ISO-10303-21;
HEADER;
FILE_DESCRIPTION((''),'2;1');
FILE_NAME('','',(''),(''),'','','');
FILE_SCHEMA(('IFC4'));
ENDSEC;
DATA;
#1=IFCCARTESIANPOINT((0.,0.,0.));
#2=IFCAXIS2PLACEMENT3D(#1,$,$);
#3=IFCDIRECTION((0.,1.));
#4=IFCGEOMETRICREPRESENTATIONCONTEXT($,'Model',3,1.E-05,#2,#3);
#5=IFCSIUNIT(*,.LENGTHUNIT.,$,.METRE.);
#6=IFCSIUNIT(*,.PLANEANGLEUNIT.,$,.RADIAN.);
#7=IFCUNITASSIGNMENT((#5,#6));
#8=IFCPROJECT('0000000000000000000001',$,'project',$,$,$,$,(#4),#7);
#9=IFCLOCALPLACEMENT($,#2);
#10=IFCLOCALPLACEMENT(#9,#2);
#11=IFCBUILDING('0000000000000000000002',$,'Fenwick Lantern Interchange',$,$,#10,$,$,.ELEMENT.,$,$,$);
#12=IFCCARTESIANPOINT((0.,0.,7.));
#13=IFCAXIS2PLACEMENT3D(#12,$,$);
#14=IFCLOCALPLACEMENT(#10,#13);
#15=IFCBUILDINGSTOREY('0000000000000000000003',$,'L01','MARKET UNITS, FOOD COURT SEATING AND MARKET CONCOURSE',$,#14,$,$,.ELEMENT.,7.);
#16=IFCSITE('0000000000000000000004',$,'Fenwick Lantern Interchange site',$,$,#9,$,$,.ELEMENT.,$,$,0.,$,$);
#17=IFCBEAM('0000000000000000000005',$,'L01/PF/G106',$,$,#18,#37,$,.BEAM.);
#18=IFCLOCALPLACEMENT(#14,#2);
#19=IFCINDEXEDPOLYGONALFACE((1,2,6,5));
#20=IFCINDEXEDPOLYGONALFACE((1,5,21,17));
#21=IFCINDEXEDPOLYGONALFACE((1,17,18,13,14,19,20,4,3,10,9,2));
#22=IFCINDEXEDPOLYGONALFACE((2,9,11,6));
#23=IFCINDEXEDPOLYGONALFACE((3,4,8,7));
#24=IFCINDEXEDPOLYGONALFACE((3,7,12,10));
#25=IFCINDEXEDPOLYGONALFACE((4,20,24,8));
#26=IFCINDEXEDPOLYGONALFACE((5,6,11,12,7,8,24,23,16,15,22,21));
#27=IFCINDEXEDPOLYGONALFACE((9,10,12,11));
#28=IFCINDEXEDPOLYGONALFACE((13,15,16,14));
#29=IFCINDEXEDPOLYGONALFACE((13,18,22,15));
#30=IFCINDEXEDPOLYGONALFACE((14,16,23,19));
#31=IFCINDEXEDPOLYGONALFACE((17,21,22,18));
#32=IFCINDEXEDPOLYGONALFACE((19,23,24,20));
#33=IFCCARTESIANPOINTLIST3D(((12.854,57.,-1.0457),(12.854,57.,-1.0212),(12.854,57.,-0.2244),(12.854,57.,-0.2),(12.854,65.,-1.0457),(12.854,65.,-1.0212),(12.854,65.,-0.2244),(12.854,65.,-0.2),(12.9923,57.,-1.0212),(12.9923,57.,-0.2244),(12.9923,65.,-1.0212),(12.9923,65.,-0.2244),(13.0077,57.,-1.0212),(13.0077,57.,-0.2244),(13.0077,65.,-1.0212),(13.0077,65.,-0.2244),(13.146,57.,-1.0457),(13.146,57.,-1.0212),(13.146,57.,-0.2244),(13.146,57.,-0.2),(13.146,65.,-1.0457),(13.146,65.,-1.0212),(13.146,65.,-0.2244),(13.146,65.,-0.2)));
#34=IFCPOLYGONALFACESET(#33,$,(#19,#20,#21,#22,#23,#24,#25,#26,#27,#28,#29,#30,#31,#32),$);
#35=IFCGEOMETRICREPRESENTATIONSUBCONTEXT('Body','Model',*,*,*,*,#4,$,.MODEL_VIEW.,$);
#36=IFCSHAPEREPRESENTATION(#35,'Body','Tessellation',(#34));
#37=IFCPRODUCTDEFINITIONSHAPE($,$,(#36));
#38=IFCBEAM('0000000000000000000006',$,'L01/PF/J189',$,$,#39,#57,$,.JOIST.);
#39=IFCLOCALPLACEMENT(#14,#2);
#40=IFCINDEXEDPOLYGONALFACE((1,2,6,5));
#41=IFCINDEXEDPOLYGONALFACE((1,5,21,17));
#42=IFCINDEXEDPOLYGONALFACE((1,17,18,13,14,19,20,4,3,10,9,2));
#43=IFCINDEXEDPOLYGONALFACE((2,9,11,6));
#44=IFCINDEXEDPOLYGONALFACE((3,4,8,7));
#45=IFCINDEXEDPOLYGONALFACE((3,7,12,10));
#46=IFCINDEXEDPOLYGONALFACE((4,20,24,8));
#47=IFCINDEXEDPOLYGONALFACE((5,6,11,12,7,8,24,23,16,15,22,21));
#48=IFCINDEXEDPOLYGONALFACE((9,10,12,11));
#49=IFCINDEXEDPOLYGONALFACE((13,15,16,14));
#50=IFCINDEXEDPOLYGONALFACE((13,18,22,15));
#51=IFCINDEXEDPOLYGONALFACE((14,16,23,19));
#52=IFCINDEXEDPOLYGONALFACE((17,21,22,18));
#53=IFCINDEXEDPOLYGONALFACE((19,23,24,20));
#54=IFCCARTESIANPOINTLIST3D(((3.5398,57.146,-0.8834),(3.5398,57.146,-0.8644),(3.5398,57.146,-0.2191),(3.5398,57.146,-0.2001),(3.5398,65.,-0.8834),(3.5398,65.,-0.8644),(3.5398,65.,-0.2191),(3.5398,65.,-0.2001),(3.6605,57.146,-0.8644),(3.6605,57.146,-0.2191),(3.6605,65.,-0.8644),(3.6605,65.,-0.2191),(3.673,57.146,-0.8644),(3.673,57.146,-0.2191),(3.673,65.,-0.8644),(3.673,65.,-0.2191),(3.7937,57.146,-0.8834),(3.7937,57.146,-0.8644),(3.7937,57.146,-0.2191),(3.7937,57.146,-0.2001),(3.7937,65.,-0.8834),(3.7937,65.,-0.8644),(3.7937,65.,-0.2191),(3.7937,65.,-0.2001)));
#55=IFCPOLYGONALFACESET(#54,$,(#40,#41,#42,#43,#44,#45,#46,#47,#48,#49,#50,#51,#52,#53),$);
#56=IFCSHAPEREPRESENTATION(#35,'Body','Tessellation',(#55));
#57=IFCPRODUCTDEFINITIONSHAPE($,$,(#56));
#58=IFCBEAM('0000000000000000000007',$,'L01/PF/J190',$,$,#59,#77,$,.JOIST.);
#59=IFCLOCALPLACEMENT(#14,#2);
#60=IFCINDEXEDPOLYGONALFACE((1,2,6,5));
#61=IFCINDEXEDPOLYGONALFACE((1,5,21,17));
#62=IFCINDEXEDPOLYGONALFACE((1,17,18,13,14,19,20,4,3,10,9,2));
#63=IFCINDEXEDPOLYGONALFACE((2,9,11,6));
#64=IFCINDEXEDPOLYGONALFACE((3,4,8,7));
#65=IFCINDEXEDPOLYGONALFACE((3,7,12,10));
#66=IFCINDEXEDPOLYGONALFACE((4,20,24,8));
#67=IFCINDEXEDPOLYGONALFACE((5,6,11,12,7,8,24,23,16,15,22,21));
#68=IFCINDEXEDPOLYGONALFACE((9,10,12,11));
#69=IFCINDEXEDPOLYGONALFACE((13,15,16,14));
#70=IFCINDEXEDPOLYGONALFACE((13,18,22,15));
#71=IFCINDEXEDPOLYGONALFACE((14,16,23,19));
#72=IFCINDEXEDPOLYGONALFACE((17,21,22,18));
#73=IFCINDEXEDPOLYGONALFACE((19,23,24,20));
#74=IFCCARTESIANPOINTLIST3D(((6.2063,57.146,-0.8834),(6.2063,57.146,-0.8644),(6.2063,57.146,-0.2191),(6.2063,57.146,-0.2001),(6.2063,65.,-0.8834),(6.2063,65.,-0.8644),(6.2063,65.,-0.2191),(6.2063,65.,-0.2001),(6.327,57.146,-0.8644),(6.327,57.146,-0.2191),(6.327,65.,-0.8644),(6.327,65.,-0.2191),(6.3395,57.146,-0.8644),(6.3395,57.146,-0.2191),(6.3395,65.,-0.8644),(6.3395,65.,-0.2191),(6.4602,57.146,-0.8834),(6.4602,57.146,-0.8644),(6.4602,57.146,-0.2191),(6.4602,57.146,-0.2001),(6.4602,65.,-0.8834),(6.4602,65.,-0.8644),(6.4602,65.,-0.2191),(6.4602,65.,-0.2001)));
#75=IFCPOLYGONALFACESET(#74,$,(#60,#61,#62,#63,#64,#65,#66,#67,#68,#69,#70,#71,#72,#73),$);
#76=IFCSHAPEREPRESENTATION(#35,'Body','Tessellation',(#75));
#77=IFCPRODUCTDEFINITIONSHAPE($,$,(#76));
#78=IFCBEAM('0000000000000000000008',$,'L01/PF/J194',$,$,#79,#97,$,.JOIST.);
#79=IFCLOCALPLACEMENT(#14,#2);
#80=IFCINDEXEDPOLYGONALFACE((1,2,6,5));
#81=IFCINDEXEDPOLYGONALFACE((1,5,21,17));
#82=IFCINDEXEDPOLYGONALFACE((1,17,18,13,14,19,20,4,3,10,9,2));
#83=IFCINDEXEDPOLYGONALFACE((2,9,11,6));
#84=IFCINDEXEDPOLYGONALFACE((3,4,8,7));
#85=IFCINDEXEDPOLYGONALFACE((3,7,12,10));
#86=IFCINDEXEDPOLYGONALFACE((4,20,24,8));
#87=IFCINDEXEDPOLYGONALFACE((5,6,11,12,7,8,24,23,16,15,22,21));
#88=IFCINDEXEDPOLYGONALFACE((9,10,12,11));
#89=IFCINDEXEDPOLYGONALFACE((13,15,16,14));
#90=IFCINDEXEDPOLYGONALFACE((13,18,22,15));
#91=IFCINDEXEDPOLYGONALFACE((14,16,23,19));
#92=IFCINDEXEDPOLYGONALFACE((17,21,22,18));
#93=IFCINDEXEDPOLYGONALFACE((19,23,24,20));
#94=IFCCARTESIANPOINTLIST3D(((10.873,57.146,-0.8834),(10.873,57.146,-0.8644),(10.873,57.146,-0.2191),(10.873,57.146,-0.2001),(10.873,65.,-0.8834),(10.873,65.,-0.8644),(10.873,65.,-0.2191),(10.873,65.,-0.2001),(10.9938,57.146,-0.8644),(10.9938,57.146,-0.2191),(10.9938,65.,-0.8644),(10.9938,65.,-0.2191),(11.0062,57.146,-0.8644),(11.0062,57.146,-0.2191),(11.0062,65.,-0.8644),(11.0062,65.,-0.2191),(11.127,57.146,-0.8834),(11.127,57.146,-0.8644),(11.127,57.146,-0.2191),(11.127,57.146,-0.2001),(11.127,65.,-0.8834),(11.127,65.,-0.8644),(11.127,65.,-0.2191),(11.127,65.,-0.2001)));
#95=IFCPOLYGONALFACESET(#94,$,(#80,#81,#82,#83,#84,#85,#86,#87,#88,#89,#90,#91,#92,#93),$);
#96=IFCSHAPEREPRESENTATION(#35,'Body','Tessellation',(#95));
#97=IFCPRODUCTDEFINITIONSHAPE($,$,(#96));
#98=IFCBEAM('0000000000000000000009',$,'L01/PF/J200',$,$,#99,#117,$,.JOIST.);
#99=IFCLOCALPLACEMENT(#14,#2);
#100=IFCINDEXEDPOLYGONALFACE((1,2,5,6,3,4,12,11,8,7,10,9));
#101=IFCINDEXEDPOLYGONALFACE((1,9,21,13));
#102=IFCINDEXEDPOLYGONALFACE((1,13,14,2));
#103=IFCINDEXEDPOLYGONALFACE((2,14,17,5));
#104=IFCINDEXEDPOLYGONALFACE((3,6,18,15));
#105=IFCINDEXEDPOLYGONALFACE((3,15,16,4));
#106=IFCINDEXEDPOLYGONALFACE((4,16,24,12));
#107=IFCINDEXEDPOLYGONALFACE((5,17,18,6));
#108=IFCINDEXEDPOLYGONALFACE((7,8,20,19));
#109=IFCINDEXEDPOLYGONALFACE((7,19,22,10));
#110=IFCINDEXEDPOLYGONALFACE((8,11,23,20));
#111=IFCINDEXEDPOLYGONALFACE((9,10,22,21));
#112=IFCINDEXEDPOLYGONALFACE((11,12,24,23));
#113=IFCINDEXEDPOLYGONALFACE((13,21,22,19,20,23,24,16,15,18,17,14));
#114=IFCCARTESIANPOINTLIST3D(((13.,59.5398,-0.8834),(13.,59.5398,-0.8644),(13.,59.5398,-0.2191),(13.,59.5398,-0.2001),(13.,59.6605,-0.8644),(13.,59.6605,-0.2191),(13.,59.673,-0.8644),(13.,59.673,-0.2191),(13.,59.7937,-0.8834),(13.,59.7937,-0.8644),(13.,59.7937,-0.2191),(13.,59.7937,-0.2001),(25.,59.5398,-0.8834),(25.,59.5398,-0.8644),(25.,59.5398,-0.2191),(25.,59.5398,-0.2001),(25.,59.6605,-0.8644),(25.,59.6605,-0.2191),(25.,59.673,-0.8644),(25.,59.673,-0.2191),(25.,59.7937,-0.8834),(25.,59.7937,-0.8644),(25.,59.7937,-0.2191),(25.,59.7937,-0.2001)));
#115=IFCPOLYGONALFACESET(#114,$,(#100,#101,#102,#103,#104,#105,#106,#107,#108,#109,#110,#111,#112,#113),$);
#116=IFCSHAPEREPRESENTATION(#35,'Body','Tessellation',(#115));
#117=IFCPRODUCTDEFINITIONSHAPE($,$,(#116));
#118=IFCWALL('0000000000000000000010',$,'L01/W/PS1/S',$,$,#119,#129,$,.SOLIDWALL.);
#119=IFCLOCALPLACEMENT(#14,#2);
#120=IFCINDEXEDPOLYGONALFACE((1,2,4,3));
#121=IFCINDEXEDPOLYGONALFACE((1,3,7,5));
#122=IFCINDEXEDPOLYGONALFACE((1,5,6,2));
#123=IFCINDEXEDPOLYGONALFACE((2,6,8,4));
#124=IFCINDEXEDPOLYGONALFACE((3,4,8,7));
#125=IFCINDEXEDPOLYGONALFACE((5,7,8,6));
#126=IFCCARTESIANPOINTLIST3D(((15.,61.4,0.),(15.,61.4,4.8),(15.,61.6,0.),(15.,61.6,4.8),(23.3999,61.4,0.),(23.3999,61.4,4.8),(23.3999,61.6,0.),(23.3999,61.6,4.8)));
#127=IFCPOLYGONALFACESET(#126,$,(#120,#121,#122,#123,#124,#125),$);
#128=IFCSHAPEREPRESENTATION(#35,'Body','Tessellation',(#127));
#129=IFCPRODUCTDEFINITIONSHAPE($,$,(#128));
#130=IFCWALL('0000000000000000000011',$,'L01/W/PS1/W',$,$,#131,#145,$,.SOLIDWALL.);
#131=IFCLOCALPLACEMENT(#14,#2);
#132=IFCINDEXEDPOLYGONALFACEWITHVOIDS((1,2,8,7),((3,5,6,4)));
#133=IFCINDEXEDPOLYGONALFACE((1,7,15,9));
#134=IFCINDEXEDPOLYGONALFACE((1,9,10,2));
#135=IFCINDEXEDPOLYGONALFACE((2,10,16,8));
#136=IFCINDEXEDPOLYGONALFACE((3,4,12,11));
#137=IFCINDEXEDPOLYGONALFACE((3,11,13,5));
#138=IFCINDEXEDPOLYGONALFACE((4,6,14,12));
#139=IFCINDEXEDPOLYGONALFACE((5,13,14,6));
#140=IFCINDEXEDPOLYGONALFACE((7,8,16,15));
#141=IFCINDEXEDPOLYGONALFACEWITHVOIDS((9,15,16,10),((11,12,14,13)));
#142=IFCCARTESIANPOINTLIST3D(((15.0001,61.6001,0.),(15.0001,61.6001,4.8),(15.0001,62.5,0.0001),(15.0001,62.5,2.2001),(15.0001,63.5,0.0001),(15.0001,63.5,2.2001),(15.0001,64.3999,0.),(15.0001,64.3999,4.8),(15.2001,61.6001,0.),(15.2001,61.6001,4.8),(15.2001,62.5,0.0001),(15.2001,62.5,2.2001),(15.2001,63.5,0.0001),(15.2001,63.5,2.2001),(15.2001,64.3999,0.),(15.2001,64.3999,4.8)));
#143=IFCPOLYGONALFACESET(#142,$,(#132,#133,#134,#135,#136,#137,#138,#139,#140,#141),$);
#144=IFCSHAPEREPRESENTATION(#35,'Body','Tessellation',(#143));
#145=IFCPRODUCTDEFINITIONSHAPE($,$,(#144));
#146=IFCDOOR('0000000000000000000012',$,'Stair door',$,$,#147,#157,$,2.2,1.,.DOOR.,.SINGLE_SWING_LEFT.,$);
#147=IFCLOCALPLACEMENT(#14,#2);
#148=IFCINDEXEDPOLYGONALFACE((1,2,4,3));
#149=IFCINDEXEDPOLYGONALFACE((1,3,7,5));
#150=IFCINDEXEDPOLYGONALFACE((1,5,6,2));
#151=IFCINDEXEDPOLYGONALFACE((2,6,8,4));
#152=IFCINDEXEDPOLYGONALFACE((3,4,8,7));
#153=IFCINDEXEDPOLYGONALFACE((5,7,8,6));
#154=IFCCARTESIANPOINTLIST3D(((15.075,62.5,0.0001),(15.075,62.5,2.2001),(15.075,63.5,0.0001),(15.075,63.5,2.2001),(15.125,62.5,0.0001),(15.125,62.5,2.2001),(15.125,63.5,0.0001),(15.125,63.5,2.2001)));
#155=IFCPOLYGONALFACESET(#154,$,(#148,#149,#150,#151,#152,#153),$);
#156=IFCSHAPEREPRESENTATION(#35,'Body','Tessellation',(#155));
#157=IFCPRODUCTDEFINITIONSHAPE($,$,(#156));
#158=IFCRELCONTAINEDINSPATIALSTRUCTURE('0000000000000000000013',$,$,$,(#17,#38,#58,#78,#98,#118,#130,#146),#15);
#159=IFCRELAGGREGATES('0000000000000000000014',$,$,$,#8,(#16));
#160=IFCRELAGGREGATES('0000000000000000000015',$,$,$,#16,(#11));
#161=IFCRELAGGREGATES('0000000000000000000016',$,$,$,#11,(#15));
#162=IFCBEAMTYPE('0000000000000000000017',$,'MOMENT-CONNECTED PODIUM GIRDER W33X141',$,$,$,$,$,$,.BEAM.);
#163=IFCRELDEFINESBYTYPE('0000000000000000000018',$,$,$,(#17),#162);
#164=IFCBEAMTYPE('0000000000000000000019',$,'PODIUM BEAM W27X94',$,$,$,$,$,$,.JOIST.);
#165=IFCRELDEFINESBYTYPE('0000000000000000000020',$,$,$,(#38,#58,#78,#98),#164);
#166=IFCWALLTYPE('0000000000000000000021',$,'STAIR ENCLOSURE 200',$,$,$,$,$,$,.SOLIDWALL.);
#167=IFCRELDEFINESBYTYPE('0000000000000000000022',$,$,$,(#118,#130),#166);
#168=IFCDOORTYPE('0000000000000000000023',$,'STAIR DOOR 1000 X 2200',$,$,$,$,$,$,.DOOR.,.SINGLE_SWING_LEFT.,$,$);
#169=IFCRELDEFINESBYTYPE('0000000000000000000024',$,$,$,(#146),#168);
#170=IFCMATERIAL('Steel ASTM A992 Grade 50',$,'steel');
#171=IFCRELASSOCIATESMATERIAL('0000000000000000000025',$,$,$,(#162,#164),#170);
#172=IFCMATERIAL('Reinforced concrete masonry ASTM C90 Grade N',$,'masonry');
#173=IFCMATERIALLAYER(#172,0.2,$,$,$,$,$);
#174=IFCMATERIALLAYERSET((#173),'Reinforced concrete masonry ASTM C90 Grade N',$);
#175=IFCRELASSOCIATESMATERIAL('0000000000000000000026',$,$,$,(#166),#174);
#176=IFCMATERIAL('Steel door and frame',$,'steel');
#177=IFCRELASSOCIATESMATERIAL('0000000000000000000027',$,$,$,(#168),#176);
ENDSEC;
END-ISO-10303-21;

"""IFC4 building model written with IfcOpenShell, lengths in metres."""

from ifc_helpers import new_model, si_unit, direction, frame, frame_2d, origin, origin_2d, place, context, subcontext, project, spatial, rectangle, i_section, extrude, material, layer, layer_set, material_profile, profile_set, type_object, element, fill, save


model = new_model("IFC4")

# Units and contexts
model_context = context("Model", 3, precision=1e-05, world=origin(), true_north=direction((0.0, 1.0)))
body_context = subcontext(model_context, "Body", "Model", "MODEL_VIEW")
ifc_project = project(units=[si_unit("LENGTHUNIT", "METRE"), si_unit("PLANEANGLEUNIT", "RADIAN")], contexts=[model_context])

# Site, building, storey
site_placement = place(None, origin())
site = spatial("IfcSite", under=ifc_project, at=site_placement, Name="Fenwick Lantern Interchange site", CompositionType="ELEMENT", RefElevation=0.0)
building_placement = place(site_placement, origin())
building = spatial("IfcBuilding", under=site, at=building_placement, Name="Fenwick Lantern Interchange", CompositionType="ELEMENT")
storey_placement = place(building_placement, frame((0.0, 0.0, 7.0)))
storey = spatial("IfcBuildingStorey", under=building, at=storey_placement, Name="L01", Description="MARKET UNITS, FOOD COURT SEATING AND MARKET CONCOURSE", CompositionType="ELEMENT", Elevation=7.0)

# Shared definitions
ifc_material_1 = material(Name="Steel ASTM A992 Grade 50", Category="steel")

# Beams
ifc_material_profile_1 = material_profile(ifc_material_1, i_section(OverallWidth=0.292, OverallDepth=0.8457, WebThickness=0.0154, FlangeThickness=0.0244, at=origin_2d()), Name="W33X141")
ifc_profile_set_1 = profile_set([ifc_material_profile_1], Name="Steel ASTM A992 Grade 50")
beam_type_1 = type_object("IfcBeamType", Name="MOMENT-CONNECTED PODIUM GIRDER W33X141", PredefinedType="BEAM", material=ifc_profile_set_1)
for number, where, z_axis, x_axis, name in (
    (1, (13.0, 57.0, -0.6228), (0.0, 1.0, 0.0), (-1.0, 0.0, 0.0), "L01/PF/G106"),
):
    element("IfcBeam", number, at=place(storey_placement, frame(where, z_axis=z_axis, x_axis=x_axis)), inside=storey, type_object=beam_type_1, Name=name, PredefinedType="BEAM", context=body_context, shape_type="SweptSolid", body=[
        extrude(i_section(OverallWidth=0.292, OverallDepth=0.8457, WebThickness=0.0154, FlangeThickness=0.0244, at=origin_2d()), origin(), (0.0, 0.0, 1.0), 8.0),
    ])
ifc_material_profile_2 = material_profile(ifc_material_1, i_section(OverallWidth=0.2539, OverallDepth=0.6833, WebThickness=0.0125, FlangeThickness=0.019, at=origin_2d()), Name="W27X94")
ifc_profile_set_2 = profile_set([ifc_material_profile_2], Name="Steel ASTM A992 Grade 50")
beam_type_2 = type_object("IfcBeamType", Name="PODIUM BEAM W27X94", PredefinedType="JOIST", material=ifc_profile_set_2)
for number, where, z_axis, x_axis, name in (
    (2, (3.6667, 57.146, -0.5417), (0.0, 1.0, 0.0), (-1.0, 0.0, 0.0), "L01/PF/J189"),
    (3, (6.3333, 57.146, -0.5417), (0.0, 1.0, 0.0), (-1.0, 0.0, 0.0), "L01/PF/J190"),
    (4, (11.0, 57.146, -0.5417), (0.0, 1.0, 0.0), (-1.0, 0.0, 0.0), "L01/PF/J194"),
):
    element("IfcBeam", number, at=place(storey_placement, frame(where, z_axis=z_axis, x_axis=x_axis)), inside=storey, type_object=beam_type_2, Name=name, PredefinedType="JOIST", context=body_context, shape_type="SweptSolid", body=[
        extrude(i_section(OverallWidth=0.2539, OverallDepth=0.6833, WebThickness=0.0125, FlangeThickness=0.019, at=origin_2d()), origin(), (0.0, 0.0, 1.0), 7.854),
    ])
beam_1_placement = place(storey_placement, frame((13.0, 59.6667, -0.5417), z_axis=(1.0, 0.0, 0.0), x_axis=(0.0, 1.0, 0.0)))
element("IfcBeam", 5, at=beam_1_placement, inside=storey, type_object=beam_type_2, Name="L01/PF/J200", PredefinedType="JOIST", context=body_context, shape_type="SweptSolid", body=[
    extrude(i_section(OverallWidth=0.2539, OverallDepth=0.6833, WebThickness=0.0125, FlangeThickness=0.019, at=origin_2d()), origin(), (0.0, 0.0, 1.0), 12.0),
])

# Wall
ifc_material_2 = material(Name="Reinforced concrete masonry ASTM C90 Grade N", Category="masonry")
ifc_layer = layer(ifc_material_2, 0.2)
ifc_layer_set = layer_set([ifc_layer], Name="Reinforced concrete masonry ASTM C90 Grade N")
wall_type = type_object("IfcWallType", Name="STAIR ENCLOSURE 200", PredefinedType="SOLIDWALL", material=ifc_layer_set)
wall_1_placement = place(storey_placement, frame((15.0, 61.5, 0.0), z_axis=(0.0, 0.0, 1.0), x_axis=(1.0, 0.0, 0.0)))
element("IfcWall", 6, at=wall_1_placement, inside=storey, type_object=wall_type, Name="L01/W/PS1/S", PredefinedType="SOLIDWALL", context=body_context, shape_type="SweptSolid", body=[
    extrude(rectangle(XDim=8.3999, YDim=0.2, at=frame_2d((4.2, 0.0))), origin(), (0.0, 0.0, 1.0), 4.8),
])

# Wall, opening, door
wall_2_placement = place(storey_placement, frame((15.1001, 64.3999, 0.0), z_axis=(0.0, 0.0, 1.0), x_axis=(0.0, -1.0, 0.0)))
wall_2 = element("IfcWall", 7, at=wall_2_placement, inside=storey, type_object=wall_type, Name="L01/W/PS1/W", PredefinedType="SOLIDWALL", context=body_context, shape_type="SweptSolid", body=[
    extrude(rectangle(XDim=2.7998, YDim=0.2, at=frame_2d((1.3999, 0.0))), origin(), (0.0, 0.0, 1.0), 4.8),
])
opening_placement = place(wall_2_placement, frame((0.8999, 0.0, 0.0)))
opening = element("IfcOpeningElement", 8, at=opening_placement, cuts=wall_2, PredefinedType="OPENING", context=body_context, shape_type="SweptSolid", body=[
    extrude(rectangle(XDim=1.0, YDim=2.2, at=frame_2d((0.5, 1.1001))), frame((0.0, 0.1099, 0.0), z_axis=(0.0, -1.0, 0.0), x_axis=(1.0, 0.0, 0.0)), (0.0, 0.0, 1.0), 0.22),
])
ifc_material_3 = material(Name="Steel door and frame", Category="steel")
door_type = type_object("IfcDoorType", Name="STAIR DOOR 1000 X 2200", OperationType="SINGLE_SWING_LEFT", PredefinedType="DOOR", material=ifc_material_3)
door_placement = place(opening_placement, origin())
door = element("IfcDoor", 9, at=door_placement, inside=storey, type_object=door_type, Name="Stair door", OperationType="SINGLE_SWING_LEFT", OverallHeight=2.2, OverallWidth=1.0, PredefinedType="DOOR", context=body_context, shape_type="SweptSolid", body=[
    extrude(rectangle(XDim=1.0, YDim=2.2, at=frame_2d((0.5, 1.1001))), frame((0.0, 0.0249, 0.0), z_axis=(0.0, -1.0, 0.0), x_axis=(1.0, 0.0, 0.0)), (0.0, 0.0, 1.0), 0.05),
])
fill(opening, door)

save(model, "model.ifc")
